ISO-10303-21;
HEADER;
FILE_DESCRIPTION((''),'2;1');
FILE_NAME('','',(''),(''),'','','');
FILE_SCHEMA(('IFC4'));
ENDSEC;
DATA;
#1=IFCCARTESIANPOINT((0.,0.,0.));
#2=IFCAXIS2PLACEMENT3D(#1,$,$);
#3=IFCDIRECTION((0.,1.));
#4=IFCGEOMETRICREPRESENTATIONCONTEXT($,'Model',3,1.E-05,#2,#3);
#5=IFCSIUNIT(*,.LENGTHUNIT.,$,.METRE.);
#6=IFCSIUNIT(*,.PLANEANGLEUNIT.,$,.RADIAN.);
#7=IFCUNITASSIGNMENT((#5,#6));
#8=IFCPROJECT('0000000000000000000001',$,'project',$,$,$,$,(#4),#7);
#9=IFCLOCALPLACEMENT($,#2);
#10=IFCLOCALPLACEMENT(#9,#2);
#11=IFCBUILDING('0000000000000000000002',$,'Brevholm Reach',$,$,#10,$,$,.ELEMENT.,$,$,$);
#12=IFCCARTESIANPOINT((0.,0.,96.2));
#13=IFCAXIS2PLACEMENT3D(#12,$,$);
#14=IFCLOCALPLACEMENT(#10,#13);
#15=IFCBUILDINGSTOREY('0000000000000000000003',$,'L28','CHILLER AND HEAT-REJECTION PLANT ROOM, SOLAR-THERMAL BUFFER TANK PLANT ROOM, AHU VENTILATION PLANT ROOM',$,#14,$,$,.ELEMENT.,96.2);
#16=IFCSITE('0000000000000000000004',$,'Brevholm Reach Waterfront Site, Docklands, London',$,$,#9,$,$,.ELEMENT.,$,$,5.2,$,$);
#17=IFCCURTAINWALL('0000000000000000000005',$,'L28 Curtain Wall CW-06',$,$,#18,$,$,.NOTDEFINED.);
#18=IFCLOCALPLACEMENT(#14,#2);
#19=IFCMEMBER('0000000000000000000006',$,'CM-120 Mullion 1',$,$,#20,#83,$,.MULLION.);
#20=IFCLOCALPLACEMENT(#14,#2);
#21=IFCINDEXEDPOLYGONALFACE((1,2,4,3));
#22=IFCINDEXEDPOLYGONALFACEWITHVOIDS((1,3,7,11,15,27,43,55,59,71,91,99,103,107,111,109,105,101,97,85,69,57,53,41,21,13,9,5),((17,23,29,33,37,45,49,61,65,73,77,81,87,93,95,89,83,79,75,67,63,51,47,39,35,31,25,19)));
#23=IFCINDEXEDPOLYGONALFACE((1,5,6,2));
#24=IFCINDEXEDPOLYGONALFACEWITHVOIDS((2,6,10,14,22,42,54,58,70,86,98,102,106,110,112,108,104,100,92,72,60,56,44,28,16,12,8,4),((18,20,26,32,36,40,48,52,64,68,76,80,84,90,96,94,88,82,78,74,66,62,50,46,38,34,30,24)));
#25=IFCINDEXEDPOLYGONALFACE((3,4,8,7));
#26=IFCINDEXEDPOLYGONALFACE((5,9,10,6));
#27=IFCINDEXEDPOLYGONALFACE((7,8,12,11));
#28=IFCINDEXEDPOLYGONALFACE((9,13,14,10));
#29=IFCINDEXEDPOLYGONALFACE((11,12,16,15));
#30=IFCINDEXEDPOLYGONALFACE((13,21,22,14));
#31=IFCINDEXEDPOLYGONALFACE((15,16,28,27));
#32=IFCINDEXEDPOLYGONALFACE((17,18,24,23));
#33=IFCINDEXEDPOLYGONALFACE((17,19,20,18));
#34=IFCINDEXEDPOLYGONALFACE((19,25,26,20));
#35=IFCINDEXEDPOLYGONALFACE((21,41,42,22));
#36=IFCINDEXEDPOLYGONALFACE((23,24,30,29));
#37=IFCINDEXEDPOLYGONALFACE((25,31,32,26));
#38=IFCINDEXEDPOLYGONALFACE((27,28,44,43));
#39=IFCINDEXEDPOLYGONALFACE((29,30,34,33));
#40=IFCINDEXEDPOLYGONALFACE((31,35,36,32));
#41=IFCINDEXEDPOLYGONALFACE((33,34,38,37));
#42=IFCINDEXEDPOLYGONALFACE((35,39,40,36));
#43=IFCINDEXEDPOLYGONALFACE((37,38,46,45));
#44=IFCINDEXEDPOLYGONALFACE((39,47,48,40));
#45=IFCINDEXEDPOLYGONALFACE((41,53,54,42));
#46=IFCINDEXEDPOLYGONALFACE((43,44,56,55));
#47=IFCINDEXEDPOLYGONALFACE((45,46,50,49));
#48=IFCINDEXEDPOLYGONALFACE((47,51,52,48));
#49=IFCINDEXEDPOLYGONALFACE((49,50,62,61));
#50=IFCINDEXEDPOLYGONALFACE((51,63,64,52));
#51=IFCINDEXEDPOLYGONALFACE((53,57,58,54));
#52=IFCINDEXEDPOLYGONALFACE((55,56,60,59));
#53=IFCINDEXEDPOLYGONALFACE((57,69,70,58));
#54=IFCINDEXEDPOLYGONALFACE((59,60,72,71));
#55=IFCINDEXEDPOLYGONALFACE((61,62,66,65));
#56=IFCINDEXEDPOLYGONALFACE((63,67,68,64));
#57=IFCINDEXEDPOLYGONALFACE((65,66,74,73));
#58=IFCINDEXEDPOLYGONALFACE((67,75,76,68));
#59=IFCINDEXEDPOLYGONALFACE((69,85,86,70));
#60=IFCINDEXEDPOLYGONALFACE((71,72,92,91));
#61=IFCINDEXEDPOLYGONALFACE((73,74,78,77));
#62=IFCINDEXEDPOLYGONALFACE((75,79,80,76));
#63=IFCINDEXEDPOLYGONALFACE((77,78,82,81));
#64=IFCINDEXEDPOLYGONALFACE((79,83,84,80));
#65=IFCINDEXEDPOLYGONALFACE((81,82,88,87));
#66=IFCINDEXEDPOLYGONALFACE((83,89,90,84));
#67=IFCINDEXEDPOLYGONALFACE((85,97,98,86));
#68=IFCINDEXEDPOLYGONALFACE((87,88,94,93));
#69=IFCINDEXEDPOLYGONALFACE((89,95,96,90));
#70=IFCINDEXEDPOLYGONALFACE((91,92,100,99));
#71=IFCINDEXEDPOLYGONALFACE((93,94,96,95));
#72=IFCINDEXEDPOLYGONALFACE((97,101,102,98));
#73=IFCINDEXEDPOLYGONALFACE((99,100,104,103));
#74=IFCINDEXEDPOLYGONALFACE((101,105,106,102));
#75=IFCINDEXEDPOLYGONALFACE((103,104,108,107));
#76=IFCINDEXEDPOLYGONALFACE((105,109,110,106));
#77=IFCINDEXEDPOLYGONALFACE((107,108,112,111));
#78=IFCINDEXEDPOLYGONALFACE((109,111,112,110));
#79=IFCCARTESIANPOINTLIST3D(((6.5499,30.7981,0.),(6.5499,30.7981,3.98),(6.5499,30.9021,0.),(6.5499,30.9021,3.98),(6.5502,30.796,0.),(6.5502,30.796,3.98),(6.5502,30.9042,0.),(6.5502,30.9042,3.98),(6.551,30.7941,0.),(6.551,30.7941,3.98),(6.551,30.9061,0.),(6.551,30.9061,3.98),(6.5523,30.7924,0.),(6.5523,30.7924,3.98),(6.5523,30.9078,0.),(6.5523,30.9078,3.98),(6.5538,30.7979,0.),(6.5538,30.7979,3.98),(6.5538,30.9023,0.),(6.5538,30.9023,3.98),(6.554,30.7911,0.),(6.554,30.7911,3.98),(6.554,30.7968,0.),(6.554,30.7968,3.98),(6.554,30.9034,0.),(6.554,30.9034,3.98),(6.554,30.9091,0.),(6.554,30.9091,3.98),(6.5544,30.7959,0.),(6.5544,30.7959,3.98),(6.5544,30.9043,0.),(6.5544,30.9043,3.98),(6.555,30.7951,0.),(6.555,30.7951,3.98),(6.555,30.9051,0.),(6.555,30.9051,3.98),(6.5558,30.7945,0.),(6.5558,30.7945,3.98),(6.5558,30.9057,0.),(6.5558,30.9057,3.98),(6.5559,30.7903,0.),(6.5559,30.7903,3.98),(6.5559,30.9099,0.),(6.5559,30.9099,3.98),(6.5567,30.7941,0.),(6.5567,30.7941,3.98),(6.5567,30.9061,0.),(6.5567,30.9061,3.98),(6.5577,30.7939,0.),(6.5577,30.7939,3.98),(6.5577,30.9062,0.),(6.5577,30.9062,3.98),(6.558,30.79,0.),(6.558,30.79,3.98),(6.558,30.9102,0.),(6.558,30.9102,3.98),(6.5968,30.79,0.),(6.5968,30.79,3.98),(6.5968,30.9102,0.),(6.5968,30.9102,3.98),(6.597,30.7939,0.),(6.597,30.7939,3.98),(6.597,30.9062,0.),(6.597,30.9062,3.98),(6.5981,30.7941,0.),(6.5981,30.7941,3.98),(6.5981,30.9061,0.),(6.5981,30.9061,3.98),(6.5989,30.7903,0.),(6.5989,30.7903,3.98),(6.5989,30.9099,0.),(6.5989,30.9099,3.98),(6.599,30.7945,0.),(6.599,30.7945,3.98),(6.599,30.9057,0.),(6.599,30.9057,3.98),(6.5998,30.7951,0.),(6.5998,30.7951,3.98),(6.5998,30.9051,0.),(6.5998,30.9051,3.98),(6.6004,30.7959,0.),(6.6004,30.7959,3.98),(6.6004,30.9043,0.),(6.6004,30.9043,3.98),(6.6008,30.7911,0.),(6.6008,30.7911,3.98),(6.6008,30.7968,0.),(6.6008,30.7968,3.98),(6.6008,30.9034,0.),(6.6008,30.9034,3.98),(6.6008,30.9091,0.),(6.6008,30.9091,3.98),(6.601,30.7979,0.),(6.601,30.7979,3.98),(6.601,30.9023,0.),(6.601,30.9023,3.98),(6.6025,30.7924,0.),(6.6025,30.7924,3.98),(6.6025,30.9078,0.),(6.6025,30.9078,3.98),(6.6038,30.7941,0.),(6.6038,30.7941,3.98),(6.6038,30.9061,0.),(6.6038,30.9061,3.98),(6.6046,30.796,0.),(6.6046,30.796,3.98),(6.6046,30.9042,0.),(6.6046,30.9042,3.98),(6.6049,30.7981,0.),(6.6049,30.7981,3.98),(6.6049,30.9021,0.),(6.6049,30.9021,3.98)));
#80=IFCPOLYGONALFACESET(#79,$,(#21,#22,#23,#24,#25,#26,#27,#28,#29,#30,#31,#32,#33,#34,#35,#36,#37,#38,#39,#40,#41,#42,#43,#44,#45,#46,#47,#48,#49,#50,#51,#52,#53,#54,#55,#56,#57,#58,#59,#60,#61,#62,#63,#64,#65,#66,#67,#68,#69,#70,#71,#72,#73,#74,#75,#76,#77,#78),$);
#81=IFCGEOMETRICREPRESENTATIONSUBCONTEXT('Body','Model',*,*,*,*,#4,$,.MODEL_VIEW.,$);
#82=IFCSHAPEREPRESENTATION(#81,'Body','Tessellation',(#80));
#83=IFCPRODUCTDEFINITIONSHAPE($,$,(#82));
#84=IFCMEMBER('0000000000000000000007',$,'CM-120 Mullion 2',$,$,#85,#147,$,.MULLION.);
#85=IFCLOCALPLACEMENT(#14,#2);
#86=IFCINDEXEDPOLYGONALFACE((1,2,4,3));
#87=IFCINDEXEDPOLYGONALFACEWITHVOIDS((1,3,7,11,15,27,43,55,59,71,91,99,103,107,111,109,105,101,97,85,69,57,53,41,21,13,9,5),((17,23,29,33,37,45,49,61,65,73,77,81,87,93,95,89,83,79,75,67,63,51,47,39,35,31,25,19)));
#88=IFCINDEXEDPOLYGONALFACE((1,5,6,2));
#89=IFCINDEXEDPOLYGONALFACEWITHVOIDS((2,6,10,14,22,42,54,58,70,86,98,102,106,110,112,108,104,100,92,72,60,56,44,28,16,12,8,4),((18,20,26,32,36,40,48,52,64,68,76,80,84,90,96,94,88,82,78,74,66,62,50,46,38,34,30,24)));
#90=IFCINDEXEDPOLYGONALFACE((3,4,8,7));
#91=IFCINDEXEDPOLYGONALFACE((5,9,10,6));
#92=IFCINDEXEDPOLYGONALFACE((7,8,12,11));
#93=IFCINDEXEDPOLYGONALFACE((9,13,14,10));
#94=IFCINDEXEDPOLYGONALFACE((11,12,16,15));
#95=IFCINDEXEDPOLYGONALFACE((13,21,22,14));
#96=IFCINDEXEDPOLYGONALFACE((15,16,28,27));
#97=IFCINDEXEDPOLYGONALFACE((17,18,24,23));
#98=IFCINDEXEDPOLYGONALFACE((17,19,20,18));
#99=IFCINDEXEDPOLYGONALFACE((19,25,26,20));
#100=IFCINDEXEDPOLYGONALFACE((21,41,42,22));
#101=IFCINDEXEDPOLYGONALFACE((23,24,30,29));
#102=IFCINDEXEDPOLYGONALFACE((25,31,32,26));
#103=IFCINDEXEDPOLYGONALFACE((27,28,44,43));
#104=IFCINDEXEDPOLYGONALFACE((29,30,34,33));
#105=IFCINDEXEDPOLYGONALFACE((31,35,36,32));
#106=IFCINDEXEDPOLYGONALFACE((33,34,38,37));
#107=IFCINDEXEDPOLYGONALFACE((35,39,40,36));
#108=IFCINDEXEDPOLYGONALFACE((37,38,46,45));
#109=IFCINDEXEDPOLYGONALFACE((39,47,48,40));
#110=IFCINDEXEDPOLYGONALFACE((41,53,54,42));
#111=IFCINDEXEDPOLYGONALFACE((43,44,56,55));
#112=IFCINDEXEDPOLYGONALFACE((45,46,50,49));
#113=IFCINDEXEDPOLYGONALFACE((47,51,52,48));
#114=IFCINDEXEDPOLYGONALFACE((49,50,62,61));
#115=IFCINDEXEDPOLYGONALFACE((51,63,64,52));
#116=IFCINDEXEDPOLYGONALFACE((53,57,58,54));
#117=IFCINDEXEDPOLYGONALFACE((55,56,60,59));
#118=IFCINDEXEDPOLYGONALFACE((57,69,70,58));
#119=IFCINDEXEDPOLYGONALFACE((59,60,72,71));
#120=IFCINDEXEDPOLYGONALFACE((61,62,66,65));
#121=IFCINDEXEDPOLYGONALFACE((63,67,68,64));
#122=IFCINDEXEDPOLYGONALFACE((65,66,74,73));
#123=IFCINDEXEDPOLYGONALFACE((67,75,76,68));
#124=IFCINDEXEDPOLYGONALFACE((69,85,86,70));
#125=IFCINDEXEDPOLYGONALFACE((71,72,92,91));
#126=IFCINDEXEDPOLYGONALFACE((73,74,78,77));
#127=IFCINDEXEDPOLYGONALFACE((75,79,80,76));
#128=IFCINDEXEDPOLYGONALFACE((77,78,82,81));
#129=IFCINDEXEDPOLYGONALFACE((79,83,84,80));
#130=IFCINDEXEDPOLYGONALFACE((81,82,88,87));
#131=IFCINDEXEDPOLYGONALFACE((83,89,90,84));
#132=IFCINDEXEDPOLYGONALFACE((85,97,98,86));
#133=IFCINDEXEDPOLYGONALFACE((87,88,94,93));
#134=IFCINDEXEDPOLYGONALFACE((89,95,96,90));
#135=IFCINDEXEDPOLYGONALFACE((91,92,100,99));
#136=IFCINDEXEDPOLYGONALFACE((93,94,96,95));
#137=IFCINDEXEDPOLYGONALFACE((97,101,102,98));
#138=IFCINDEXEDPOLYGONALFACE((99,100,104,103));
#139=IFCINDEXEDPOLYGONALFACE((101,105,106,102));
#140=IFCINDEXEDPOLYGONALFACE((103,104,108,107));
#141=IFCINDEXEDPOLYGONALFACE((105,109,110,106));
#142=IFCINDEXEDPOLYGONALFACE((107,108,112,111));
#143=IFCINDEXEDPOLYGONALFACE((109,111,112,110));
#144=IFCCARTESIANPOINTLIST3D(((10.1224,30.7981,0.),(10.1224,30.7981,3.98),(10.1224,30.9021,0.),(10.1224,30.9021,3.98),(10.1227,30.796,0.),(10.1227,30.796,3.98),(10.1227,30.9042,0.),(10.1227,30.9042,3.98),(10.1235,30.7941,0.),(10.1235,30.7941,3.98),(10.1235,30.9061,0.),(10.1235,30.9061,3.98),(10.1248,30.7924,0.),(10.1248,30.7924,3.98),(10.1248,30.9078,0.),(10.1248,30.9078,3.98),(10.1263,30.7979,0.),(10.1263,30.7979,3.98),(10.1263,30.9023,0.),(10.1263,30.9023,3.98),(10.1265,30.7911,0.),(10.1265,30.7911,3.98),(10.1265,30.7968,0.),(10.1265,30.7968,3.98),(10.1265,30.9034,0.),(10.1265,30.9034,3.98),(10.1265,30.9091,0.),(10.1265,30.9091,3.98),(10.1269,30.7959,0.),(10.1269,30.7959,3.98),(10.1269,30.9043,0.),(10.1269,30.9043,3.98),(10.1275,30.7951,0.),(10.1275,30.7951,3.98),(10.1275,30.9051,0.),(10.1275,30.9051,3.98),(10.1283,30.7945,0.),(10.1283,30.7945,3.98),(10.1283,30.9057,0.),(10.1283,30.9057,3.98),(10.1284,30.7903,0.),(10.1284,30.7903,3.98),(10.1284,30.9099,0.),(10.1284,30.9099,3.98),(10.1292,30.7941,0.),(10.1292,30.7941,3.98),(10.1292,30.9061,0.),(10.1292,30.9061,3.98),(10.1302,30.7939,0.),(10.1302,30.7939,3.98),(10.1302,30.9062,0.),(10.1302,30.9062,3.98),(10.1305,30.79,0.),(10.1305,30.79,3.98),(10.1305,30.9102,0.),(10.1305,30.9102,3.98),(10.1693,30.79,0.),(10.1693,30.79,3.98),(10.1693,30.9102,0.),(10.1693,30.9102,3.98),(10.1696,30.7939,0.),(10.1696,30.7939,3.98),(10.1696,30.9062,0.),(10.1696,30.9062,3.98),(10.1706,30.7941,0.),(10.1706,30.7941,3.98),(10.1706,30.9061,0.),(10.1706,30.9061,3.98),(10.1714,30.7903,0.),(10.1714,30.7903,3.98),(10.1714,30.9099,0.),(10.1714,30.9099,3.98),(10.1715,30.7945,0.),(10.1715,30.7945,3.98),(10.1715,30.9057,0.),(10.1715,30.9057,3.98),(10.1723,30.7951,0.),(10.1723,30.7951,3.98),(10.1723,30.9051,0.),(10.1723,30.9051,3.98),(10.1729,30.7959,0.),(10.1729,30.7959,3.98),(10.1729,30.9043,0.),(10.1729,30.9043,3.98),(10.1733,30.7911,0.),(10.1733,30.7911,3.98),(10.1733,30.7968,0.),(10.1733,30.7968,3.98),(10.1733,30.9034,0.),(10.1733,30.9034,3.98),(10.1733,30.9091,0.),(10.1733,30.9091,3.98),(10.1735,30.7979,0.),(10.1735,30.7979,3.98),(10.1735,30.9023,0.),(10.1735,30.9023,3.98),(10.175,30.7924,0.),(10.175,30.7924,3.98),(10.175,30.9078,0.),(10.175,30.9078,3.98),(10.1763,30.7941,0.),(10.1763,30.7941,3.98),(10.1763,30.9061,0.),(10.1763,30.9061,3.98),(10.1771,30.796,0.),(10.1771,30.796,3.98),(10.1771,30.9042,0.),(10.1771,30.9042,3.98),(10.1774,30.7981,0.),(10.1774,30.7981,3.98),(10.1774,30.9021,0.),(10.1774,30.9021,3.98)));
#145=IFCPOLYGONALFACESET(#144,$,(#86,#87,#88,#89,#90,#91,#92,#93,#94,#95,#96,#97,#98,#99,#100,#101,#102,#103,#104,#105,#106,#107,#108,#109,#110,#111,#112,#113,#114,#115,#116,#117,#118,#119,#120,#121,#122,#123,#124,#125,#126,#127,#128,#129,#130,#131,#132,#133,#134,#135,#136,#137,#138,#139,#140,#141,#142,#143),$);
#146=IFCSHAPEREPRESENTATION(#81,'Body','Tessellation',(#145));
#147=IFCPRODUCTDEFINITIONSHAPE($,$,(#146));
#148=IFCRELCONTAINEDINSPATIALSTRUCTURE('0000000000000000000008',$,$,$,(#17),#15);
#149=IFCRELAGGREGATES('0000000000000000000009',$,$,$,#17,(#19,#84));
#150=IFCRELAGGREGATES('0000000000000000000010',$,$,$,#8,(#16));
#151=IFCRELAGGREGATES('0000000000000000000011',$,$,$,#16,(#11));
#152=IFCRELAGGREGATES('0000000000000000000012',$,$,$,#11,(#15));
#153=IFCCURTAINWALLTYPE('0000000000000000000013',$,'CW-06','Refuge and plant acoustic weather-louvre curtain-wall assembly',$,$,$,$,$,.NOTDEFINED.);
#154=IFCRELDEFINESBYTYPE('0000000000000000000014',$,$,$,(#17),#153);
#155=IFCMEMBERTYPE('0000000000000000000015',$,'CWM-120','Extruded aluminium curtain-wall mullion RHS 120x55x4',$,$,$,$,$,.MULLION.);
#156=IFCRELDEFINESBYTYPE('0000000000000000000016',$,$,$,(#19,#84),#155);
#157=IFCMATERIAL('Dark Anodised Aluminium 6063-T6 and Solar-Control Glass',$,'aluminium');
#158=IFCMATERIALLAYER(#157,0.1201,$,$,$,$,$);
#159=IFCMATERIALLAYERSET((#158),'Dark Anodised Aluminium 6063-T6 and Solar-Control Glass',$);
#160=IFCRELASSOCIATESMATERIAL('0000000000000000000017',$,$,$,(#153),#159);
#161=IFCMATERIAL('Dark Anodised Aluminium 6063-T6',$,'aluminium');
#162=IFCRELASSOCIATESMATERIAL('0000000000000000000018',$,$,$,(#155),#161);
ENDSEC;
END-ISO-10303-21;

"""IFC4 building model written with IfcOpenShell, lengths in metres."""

from ifc_helpers import new_model, si_unit, direction, frame, origin, origin_2d, place, context, subcontext, project, spatial, hollow_rectangle, extrude, material, layer, layer_set, material_profile, profile_set, type_object, element, aggregate, save


model = new_model("IFC4")

# Units and contexts
model_context = context("Model", 3, precision=1e-05, world=origin(), true_north=direction((0.0, 1.0)))
body_context = subcontext(model_context, "Body", "Model", "MODEL_VIEW")
ifc_project = project(units=[si_unit("LENGTHUNIT", "METRE"), si_unit("PLANEANGLEUNIT", "RADIAN")], contexts=[model_context])

# Site, building, storey
site_placement = place(None, origin())
site = spatial("IfcSite", under=ifc_project, at=site_placement, Name="Brevholm Reach Waterfront Site, Docklands, London", CompositionType="ELEMENT", RefElevation=5.2)
building_placement = place(site_placement, origin())
building = spatial("IfcBuilding", under=site, at=building_placement, Name="Brevholm Reach", CompositionType="ELEMENT")
storey_placement = place(building_placement, frame((0.0, 0.0, 96.2)))
storey = spatial("IfcBuildingStorey", under=building, at=storey_placement, Name="L28", Description="CHILLER AND HEAT-REJECTION PLANT ROOM, SOLAR-THERMAL BUFFER TANK PLANT ROOM, AHU VENTILATION PLANT ROOM", CompositionType="ELEMENT", Elevation=96.2)

# Curtain wall, members
ifc_material_1 = material(Name="Dark Anodised Aluminium 6063-T6 and Solar-Control Glass", Category="aluminium")
ifc_layer_1 = layer(ifc_material_1, 0.1201)
ifc_layer_set_1 = layer_set([ifc_layer_1], Name="Dark Anodised Aluminium 6063-T6 and Solar-Control Glass")
curtain_wall_type = type_object("IfcCurtainWallType", Name="CW-06", Description="Refuge and plant acoustic weather-louvre curtain-wall assembly", PredefinedType="NOTDEFINED", material=ifc_layer_set_1)
curtain_wall_placement = place(storey_placement, origin())
curtain_wall = element("IfcCurtainWall", 1, at=curtain_wall_placement, inside=storey, type_object=curtain_wall_type, Name="L28 Curtain Wall CW-06", PredefinedType="NOTDEFINED")
ifc_material_2 = material(Name="Dark Anodised Aluminium 6063-T6", Category="aluminium")
ifc_material_profile_1 = material_profile(ifc_material_2, hollow_rectangle(XDim=0.0549, YDim=0.1201, WallThickness=0.0039, InnerFilletRadius=0.0039, OuterFilletRadius=0.0081, at=origin_2d()), Name="RHS 120x55x4")
ifc_profile_set_1 = profile_set([ifc_material_profile_1], Name="Dark Anodised Aluminium 6063-T6")
member_type_1 = type_object("IfcMemberType", Name="CWM-120", Description="Extruded aluminium curtain-wall mullion RHS 120x55x4", PredefinedType="MULLION", material=ifc_profile_set_1)
member_1_placement = place(storey_placement, frame((6.5774, 30.8501, 0.0), z_axis=(0.0, 0.0, 1.0), x_axis=(1.0, 0.0, 0.0)))
member_1 = element("IfcMember", 2, at=member_1_placement, type_object=member_type_1, Name="CM-120 Mullion 1", PredefinedType="MULLION", context=body_context, shape_type="SweptSolid", body=[
    extrude(hollow_rectangle(XDim=0.0549, YDim=0.1201, WallThickness=0.0039, InnerFilletRadius=0.0039, OuterFilletRadius=0.0081, at=origin_2d()), origin(), (0.0, 0.0, 1.0), 3.98),
])
member_2_placement = place(storey_placement, frame((10.1499, 30.8501, 0.0), z_axis=(0.0, 0.0, 1.0), x_axis=(1.0, 0.0, 0.0)))
member_2 = element("IfcMember", 3, at=member_2_placement, type_object=member_type_1, Name="CM-120 Mullion 2", PredefinedType="MULLION", context=body_context, shape_type="SweptSolid", body=[
    extrude(hollow_rectangle(XDim=0.0549, YDim=0.1201, WallThickness=0.0039, InnerFilletRadius=0.0039, OuterFilletRadius=0.0081, at=origin_2d()), origin(), (0.0, 0.0, 1.0), 3.98),
])
aggregate(curtain_wall, [member_1, member_2])

save(model, "model.ifc")
